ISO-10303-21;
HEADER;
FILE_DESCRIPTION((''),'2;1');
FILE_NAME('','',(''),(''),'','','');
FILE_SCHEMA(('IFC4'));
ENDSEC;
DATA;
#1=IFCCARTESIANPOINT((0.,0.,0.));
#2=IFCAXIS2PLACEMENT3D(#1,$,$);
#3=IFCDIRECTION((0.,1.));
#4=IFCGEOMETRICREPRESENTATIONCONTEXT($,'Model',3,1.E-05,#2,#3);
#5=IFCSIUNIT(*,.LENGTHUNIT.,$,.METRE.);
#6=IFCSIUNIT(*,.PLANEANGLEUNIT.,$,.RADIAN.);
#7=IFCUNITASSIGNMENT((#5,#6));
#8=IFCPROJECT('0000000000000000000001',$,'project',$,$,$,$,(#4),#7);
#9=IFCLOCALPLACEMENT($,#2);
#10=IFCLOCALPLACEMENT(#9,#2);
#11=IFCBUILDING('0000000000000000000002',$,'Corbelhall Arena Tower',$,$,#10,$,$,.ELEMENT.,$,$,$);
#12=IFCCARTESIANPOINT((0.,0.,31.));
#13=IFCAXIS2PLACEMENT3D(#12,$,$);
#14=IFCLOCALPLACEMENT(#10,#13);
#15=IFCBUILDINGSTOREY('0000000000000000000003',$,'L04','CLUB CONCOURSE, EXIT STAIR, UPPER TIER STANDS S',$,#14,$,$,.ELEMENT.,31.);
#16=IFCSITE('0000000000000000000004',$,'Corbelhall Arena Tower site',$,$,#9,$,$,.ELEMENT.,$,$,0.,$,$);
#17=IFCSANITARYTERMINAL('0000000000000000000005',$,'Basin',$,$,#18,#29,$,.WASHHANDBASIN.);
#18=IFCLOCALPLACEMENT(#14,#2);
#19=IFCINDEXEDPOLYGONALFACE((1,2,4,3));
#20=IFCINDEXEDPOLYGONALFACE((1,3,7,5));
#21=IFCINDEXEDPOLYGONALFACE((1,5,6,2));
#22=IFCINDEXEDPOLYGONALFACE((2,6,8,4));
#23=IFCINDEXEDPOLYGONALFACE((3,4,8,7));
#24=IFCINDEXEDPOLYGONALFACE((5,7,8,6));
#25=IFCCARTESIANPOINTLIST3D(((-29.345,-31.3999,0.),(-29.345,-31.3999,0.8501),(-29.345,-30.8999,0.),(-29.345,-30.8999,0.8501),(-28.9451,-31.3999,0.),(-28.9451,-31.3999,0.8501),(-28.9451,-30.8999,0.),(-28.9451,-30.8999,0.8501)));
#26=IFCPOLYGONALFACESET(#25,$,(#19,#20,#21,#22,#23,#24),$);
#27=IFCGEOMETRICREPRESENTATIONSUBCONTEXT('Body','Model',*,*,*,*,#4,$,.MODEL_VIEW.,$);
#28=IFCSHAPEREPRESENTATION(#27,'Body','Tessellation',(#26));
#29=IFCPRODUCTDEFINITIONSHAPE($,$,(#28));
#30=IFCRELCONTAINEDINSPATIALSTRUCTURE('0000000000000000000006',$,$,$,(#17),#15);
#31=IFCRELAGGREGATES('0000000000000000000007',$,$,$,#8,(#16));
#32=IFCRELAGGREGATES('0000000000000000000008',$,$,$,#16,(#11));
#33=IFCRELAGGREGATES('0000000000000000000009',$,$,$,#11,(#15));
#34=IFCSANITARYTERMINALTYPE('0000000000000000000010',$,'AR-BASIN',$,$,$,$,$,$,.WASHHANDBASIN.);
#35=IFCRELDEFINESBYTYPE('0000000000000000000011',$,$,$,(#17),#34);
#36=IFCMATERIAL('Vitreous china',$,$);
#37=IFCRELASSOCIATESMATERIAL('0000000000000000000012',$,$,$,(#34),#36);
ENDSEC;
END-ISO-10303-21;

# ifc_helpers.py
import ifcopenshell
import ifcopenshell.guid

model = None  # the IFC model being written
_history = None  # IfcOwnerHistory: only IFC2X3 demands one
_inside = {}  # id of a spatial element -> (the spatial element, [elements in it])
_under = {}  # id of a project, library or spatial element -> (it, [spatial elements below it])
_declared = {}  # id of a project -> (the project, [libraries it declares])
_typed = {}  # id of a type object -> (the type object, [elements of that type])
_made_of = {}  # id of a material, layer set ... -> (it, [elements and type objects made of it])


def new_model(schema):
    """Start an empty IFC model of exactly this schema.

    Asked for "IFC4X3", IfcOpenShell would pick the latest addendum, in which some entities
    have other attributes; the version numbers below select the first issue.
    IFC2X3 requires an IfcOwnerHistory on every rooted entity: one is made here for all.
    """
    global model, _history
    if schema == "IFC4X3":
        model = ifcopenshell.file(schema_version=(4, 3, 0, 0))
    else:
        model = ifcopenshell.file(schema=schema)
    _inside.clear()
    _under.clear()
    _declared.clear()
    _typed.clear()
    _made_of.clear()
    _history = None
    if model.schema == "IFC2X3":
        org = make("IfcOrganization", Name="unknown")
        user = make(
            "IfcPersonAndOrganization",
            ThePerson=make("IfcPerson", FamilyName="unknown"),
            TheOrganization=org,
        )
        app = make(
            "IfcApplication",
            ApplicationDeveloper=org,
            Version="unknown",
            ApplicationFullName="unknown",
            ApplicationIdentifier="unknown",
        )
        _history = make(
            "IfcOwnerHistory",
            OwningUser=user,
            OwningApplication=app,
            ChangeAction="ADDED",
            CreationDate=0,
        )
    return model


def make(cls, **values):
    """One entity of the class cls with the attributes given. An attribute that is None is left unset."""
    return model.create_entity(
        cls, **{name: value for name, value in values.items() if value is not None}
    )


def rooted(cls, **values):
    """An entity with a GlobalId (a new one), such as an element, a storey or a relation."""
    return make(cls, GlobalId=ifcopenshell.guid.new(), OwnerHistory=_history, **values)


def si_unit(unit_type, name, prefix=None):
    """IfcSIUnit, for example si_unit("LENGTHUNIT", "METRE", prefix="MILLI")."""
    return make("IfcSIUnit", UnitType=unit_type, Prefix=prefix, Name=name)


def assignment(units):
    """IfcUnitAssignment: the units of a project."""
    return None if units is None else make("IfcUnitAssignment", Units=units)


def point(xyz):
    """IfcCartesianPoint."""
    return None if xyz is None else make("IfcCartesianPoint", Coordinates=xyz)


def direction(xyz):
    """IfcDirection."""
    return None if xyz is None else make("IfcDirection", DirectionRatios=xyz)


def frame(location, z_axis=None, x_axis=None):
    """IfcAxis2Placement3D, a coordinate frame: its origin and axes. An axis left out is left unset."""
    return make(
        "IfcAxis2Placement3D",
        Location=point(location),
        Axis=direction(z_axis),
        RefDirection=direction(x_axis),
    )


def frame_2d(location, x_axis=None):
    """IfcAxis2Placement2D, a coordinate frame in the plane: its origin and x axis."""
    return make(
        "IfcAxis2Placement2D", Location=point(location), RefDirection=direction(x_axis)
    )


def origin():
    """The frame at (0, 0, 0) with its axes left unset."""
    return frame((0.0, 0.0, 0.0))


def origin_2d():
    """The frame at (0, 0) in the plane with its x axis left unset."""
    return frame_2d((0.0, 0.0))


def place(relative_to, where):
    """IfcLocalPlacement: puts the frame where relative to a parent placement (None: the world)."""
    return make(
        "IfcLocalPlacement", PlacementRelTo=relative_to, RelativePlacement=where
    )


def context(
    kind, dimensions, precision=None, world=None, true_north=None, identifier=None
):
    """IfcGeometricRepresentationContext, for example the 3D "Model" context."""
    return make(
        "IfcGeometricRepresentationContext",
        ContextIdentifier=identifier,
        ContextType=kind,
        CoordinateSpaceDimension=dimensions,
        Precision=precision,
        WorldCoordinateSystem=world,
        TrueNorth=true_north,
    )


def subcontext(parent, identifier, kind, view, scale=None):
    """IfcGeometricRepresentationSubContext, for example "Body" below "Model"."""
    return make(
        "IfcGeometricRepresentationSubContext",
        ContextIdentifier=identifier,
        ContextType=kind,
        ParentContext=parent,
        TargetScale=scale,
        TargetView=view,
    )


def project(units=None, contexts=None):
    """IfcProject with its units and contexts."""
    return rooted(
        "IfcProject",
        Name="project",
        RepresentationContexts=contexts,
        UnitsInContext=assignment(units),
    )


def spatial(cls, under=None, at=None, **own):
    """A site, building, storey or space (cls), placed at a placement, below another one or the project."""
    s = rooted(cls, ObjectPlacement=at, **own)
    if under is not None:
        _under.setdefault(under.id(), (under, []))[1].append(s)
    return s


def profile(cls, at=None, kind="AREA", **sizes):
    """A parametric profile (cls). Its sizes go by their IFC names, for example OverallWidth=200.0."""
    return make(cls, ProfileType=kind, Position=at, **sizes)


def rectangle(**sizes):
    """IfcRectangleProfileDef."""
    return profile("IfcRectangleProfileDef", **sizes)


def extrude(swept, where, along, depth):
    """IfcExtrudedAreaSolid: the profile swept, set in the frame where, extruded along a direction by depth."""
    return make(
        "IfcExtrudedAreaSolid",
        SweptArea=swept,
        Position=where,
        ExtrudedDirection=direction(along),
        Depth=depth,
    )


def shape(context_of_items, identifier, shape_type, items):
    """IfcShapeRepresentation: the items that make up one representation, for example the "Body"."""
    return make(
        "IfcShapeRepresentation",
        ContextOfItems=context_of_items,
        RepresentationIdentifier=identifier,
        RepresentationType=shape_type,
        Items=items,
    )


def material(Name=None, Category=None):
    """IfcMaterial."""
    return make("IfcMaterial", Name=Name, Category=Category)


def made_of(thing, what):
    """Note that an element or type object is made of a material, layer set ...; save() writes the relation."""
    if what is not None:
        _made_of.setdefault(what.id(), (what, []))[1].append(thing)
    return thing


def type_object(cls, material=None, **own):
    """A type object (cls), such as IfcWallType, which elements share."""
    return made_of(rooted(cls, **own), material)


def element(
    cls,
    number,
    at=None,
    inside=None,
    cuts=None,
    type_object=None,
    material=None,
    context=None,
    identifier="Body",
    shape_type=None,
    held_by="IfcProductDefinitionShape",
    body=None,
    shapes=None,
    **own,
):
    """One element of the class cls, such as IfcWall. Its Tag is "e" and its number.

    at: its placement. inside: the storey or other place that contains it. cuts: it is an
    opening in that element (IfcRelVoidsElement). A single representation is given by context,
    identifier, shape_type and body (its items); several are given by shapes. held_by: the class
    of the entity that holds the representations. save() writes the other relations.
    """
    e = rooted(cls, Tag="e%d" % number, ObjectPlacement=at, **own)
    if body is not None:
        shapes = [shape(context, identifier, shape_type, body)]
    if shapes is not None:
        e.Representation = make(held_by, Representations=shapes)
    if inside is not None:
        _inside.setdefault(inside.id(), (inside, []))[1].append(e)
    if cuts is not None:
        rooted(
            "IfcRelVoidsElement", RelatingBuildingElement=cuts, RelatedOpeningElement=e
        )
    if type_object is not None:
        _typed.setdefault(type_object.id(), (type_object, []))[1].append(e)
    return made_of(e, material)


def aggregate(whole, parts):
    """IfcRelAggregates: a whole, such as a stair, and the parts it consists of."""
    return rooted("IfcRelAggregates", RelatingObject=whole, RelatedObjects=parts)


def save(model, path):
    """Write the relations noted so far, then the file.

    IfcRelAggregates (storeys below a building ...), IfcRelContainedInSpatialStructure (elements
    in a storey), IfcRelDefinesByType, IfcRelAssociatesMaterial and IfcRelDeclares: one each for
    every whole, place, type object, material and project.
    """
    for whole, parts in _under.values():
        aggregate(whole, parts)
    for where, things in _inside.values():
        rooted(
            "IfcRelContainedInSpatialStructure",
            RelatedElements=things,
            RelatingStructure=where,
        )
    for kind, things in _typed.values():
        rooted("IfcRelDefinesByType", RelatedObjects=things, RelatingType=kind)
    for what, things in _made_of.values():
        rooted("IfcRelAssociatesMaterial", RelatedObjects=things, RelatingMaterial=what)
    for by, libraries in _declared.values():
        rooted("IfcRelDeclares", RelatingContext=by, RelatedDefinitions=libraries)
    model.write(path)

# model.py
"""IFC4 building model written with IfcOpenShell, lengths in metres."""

from ifc_helpers import new_model, si_unit, direction, frame, origin, origin_2d, place, context, subcontext, project, spatial, rectangle, extrude, material, type_object, element, save


model = new_model("IFC4")

# Units and contexts
model_context = context("Model", 3, precision=1e-05, world=origin(), true_north=direction((0.0, 1.0)))
body_context = subcontext(model_context, "Body", "Model", "MODEL_VIEW")
ifc_project = project(units=[si_unit("LENGTHUNIT", "METRE"), si_unit("PLANEANGLEUNIT", "RADIAN")], contexts=[model_context])

# Site, building, storey
site_placement = place(None, origin())
site = spatial("IfcSite", under=ifc_project, at=site_placement, Name="Corbelhall Arena Tower site", CompositionType="ELEMENT", RefElevation=0.0)
building_placement = place(site_placement, origin())
building = spatial("IfcBuilding", under=site, at=building_placement, Name="Corbelhall Arena Tower", CompositionType="ELEMENT")
storey_placement = place(building_placement, frame((0.0, 0.0, 31.0)))
storey = spatial("IfcBuildingStorey", under=building, at=storey_placement, Name="L04", Description="CLUB CONCOURSE, EXIT STAIR, UPPER TIER STANDS S", CompositionType="ELEMENT", Elevation=31.0)

# Sanitary terminal
ifc_material_1 = material(Name="Vitreous china")
sanitary_terminal_type = type_object("IfcSanitaryTerminalType", Name="AR-BASIN", PredefinedType="WASHHANDBASIN", material=ifc_material_1)
sanitary_terminal_placement = place(storey_placement, frame((-29.145, -31.1499, 0.0), z_axis=(0.0, 0.0, 1.0), x_axis=(1.0, 0.0, 0.0)))
element("IfcSanitaryTerminal", 1, at=sanitary_terminal_placement, inside=storey, type_object=sanitary_terminal_type, Name="Basin", PredefinedType="WASHHANDBASIN", context=body_context, shape_type="SweptSolid", body=[
    extrude(rectangle(XDim=0.3999, YDim=0.5, at=origin_2d()), origin(), (0.0, 0.0, 1.0), 0.8501),
])

save(model, "model.ifc")
